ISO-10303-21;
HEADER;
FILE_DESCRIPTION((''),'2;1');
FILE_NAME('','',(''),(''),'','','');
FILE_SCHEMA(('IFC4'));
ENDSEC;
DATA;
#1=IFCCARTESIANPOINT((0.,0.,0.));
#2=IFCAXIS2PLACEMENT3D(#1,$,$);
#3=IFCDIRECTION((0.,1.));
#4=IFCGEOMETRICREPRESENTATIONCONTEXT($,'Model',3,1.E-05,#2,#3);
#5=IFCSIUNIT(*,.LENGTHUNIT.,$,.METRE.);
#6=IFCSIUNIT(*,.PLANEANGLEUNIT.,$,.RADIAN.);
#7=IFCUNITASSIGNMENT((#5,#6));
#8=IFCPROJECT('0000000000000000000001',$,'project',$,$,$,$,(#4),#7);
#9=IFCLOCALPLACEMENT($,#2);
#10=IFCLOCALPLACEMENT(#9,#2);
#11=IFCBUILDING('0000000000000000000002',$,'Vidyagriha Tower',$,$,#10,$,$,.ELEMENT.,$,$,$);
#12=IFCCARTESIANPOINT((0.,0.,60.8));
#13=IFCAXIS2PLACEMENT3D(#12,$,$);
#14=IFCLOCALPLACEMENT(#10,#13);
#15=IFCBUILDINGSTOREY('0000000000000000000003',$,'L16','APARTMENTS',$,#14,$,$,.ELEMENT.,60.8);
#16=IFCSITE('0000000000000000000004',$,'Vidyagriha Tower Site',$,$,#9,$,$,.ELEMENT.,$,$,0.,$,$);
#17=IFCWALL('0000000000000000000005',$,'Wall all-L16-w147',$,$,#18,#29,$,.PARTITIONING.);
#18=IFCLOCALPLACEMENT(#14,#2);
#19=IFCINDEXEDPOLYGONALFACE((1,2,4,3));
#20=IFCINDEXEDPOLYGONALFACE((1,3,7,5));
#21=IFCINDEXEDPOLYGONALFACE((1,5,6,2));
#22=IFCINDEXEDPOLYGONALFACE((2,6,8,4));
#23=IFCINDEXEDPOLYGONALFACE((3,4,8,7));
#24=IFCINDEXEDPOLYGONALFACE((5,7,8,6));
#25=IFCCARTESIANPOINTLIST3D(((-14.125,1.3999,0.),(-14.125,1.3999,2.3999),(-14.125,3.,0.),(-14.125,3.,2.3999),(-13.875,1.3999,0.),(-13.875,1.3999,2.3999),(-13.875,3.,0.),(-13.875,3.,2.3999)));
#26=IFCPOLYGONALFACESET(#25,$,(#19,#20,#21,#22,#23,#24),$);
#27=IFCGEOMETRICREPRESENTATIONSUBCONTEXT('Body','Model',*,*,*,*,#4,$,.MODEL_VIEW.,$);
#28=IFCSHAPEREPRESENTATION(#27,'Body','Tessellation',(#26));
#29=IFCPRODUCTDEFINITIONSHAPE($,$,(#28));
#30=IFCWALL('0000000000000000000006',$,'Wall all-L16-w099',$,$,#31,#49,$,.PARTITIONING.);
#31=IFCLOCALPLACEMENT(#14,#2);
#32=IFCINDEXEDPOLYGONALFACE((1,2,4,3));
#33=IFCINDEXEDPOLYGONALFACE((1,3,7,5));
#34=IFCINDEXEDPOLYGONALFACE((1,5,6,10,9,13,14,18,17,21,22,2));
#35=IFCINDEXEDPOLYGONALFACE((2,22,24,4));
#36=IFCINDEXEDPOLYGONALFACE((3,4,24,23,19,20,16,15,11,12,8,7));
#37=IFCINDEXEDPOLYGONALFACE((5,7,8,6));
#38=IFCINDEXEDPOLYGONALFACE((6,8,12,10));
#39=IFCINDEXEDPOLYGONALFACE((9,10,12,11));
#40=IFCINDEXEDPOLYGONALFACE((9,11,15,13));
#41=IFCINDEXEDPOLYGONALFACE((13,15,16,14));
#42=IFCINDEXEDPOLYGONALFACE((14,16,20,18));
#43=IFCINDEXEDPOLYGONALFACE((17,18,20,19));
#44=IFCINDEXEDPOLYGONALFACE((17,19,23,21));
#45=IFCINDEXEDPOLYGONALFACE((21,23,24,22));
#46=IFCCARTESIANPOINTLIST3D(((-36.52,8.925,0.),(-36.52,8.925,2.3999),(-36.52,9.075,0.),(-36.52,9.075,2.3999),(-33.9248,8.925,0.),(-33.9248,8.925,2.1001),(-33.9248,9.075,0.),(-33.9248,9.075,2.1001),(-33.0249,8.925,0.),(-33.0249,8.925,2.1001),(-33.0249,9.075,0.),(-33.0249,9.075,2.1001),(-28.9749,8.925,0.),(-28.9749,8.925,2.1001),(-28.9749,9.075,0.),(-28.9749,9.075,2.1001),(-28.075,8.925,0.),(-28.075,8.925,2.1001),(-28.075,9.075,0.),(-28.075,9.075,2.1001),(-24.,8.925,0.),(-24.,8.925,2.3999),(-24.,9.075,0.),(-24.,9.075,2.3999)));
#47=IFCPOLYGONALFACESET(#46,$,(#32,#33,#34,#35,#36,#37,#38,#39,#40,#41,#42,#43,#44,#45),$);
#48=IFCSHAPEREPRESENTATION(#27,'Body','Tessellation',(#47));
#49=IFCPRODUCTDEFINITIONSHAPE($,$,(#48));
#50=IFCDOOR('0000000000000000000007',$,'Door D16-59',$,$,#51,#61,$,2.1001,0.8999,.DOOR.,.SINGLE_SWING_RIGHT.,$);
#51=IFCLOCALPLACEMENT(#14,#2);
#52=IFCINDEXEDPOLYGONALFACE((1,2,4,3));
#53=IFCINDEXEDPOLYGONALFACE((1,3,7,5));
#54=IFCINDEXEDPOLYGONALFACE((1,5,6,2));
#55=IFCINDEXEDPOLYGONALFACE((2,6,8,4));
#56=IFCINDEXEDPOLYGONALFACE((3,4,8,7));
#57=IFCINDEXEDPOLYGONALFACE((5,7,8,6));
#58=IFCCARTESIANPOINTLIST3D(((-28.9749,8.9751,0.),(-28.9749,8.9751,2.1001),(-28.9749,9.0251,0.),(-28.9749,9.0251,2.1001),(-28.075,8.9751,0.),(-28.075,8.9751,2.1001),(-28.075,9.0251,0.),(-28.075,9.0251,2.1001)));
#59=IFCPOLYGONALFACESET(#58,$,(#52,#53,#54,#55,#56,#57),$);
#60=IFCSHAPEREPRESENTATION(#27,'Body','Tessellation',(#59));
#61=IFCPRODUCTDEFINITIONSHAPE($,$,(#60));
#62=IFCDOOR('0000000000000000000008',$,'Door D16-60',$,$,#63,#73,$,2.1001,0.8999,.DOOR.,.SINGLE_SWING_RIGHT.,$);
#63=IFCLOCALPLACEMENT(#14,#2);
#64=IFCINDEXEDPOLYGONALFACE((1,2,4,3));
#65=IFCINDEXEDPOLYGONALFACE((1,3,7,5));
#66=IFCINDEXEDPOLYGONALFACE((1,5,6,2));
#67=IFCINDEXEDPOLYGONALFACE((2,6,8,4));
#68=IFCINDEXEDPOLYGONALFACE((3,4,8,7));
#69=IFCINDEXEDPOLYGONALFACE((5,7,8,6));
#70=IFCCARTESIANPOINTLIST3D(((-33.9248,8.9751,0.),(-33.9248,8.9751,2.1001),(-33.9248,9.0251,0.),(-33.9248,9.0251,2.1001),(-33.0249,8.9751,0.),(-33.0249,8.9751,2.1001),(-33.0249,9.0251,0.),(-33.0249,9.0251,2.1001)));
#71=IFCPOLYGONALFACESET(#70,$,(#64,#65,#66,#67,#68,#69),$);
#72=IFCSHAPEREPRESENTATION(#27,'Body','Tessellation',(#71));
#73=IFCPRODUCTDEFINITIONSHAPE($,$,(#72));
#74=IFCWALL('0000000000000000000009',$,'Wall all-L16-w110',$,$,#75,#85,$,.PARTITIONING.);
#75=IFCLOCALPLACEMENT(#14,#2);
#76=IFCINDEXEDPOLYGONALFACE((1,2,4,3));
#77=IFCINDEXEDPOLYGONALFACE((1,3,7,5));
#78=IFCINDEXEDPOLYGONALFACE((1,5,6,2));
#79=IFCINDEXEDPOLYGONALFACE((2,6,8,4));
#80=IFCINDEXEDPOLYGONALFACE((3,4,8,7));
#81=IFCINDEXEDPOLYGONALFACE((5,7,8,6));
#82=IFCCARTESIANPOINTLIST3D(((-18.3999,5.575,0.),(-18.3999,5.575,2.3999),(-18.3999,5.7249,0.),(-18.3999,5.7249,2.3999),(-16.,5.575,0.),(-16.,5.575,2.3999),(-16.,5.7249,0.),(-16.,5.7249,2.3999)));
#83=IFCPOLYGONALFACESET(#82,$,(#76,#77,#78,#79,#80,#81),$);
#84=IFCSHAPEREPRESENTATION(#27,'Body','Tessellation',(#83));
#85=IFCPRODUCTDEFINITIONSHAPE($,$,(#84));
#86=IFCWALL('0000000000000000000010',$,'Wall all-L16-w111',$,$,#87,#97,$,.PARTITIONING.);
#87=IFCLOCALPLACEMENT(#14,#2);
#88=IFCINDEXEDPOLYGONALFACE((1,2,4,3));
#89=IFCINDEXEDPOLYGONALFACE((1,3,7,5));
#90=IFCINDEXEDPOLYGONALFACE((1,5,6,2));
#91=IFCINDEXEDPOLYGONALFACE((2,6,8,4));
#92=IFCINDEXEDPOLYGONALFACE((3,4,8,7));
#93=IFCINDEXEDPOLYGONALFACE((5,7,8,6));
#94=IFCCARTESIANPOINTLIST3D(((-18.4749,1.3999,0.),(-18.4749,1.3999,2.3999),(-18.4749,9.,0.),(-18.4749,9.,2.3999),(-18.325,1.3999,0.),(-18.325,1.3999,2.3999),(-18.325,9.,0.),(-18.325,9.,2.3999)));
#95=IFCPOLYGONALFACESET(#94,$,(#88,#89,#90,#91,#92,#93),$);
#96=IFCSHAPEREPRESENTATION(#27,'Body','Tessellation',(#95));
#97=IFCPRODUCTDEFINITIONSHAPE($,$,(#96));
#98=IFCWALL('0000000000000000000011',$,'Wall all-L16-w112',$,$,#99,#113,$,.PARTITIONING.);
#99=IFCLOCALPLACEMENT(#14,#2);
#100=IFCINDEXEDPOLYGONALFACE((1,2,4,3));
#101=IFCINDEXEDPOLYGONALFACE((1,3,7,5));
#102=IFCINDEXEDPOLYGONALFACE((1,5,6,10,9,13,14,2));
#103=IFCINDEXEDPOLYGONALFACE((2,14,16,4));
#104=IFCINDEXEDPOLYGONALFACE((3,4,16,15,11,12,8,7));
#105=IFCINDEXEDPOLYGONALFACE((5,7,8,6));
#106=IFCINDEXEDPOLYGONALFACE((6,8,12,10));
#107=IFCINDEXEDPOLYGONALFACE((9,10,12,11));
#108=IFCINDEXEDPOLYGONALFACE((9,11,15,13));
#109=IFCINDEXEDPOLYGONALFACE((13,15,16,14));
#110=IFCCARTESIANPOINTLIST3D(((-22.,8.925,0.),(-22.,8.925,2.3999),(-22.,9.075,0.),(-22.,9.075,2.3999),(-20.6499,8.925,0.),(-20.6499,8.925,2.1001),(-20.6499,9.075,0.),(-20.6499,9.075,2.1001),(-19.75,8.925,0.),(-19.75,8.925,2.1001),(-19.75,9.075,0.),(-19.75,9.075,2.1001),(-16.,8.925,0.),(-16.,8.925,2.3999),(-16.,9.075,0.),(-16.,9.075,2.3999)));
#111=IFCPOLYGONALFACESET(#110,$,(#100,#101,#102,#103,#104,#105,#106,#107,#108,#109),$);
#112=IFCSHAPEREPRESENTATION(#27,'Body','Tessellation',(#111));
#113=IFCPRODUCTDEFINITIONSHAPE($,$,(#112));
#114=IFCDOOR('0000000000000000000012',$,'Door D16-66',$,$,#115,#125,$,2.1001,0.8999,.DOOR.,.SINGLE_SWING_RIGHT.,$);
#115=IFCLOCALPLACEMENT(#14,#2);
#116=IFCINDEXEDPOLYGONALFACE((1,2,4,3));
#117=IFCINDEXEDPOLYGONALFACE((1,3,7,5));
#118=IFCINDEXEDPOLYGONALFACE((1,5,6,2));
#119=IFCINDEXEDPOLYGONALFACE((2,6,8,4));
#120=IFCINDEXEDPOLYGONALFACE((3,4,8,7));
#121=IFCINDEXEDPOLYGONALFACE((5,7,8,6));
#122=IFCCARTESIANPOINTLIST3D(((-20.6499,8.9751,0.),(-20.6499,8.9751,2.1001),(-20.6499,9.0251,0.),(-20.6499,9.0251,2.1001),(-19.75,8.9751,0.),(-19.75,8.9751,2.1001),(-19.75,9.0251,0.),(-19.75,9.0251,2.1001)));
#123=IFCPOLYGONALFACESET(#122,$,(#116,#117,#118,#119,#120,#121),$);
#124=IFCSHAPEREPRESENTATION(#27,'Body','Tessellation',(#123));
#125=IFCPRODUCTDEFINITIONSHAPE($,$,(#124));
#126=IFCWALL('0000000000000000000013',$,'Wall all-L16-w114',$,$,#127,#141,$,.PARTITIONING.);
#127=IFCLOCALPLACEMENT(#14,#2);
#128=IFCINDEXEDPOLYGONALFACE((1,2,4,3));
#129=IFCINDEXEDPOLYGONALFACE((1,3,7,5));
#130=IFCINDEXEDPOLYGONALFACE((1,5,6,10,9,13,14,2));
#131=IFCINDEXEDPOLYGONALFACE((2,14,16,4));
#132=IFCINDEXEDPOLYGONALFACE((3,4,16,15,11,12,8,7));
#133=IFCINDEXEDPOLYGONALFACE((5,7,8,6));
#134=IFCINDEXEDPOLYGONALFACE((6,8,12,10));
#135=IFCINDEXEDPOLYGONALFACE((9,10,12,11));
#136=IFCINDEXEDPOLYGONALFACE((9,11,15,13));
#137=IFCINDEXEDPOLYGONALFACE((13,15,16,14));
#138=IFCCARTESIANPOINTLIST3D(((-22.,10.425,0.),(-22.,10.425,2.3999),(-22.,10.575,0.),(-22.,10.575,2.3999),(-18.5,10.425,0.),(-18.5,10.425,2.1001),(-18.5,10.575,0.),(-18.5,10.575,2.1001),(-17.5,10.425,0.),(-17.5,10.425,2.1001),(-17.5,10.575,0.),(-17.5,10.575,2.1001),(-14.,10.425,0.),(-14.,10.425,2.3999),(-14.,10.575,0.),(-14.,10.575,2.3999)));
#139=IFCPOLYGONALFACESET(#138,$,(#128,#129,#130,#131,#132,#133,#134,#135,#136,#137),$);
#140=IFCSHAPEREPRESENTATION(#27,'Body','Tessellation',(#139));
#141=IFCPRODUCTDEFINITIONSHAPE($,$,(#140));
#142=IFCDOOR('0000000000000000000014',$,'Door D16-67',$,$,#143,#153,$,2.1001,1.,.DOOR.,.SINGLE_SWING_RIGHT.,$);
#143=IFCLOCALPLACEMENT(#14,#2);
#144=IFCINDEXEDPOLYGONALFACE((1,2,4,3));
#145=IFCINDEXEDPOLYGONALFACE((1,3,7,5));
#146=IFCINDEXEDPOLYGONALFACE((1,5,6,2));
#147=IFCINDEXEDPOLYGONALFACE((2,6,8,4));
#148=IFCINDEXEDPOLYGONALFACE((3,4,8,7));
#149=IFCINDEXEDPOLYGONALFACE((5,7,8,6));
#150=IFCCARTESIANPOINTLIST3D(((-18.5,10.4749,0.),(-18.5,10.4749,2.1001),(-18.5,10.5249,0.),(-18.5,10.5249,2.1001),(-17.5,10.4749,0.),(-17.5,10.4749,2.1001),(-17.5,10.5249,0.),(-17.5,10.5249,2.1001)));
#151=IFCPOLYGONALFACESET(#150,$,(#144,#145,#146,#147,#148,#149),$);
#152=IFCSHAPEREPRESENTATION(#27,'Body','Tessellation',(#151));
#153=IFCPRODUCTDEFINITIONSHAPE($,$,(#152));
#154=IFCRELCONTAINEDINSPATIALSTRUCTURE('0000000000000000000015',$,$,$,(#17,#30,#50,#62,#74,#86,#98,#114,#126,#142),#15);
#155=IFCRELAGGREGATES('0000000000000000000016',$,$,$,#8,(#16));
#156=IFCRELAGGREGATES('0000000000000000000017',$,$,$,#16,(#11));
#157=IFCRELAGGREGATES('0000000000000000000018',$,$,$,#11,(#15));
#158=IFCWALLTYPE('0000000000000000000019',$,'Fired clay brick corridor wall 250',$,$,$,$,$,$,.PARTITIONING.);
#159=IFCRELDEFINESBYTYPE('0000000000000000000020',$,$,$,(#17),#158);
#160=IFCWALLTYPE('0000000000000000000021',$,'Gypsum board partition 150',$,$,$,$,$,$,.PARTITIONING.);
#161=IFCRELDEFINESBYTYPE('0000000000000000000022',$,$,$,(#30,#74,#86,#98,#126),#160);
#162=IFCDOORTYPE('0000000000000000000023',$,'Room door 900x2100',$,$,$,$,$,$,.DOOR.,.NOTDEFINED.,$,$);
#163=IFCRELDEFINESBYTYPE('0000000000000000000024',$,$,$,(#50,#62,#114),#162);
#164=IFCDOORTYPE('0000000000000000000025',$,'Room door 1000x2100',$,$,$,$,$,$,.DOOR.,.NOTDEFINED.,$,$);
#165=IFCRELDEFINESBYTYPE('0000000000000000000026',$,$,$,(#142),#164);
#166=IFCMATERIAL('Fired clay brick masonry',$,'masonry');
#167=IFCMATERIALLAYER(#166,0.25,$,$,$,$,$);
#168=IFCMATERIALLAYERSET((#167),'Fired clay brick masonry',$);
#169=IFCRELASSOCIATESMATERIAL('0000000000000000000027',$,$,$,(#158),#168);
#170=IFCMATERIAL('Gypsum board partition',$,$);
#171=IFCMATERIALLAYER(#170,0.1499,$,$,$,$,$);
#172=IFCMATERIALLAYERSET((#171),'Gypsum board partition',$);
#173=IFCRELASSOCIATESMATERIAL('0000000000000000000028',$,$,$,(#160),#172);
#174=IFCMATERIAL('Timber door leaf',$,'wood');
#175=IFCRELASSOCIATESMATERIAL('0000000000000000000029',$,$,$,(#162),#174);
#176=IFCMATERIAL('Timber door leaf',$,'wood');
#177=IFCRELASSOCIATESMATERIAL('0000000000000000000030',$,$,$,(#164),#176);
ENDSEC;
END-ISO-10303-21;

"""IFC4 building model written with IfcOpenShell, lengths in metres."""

from ifc_helpers import new_model, si_unit, direction, frame, frame_2d, origin, place, context, subcontext, project, spatial, rectangle, extrude, material, layer, layer_set, type_object, element, fill, save


model = new_model("IFC4")

# Units and contexts
model_context = context("Model", 3, precision=1e-05, world=origin(), true_north=direction((0.0, 1.0)))
body_context = subcontext(model_context, "Body", "Model", "MODEL_VIEW")
ifc_project = project(units=[si_unit("LENGTHUNIT", "METRE"), si_unit("PLANEANGLEUNIT", "RADIAN")], contexts=[model_context])

# Site, building, storey
site_placement = place(None, origin())
site = spatial("IfcSite", under=ifc_project, at=site_placement, Name="Vidyagriha Tower Site", CompositionType="ELEMENT", RefElevation=0.0)
building_placement = place(site_placement, origin())
building = spatial("IfcBuilding", under=site, at=building_placement, Name="Vidyagriha Tower", CompositionType="ELEMENT")
storey_placement = place(building_placement, frame((0.0, 0.0, 60.8)))
storey = spatial("IfcBuildingStorey", under=building, at=storey_placement, Name="L16", Description="APARTMENTS", CompositionType="ELEMENT", Elevation=60.8)

# Wall
ifc_material_1 = material(Name="Fired clay brick masonry", Category="masonry")
ifc_layer_1 = layer(ifc_material_1, 0.25)
ifc_layer_set_1 = layer_set([ifc_layer_1], Name="Fired clay brick masonry")
wall_type_1 = type_object("IfcWallType", Name="Fired clay brick corridor wall 250", PredefinedType="PARTITIONING", material=ifc_layer_set_1)
wall_1_placement = place(storey_placement, frame((-14.0, 3.0, 0.0), z_axis=(0.0, 0.0, 1.0), x_axis=(0.0, -1.0, 0.0)))
element("IfcWall", 1, at=wall_1_placement, inside=storey, type_object=wall_type_1, Name="Wall all-L16-w147", PredefinedType="PARTITIONING", context=body_context, shape_type="SweptSolid", body=[
    extrude(rectangle(XDim=1.6001, YDim=0.25, at=frame_2d((0.8, 0.0))), origin(), (0.0, 0.0, 1.0), 2.3999),
])

# Wall, openings, doors
ifc_material_2 = material(Name="Gypsum board partition")
ifc_layer_2 = layer(ifc_material_2, 0.1499)
ifc_layer_set_2 = layer_set([ifc_layer_2], Name="Gypsum board partition")
wall_type_2 = type_object("IfcWallType", Name="Gypsum board partition 150", PredefinedType="PARTITIONING", material=ifc_layer_set_2)
wall_2_placement = place(storey_placement, frame((-24.0, 9.0, 0.0), z_axis=(0.0, 0.0, 1.0), x_axis=(-1.0, 0.0, 0.0)))
wall_2 = element("IfcWall", 2, at=wall_2_placement, inside=storey, type_object=wall_type_2, Name="Wall all-L16-w099", PredefinedType="PARTITIONING", context=body_context, shape_type="SweptSolid", body=[
    extrude(rectangle(XDim=12.52, YDim=0.1499, at=frame_2d((6.26, 0.0))), origin(), (0.0, 0.0, 1.0), 2.3999),
])
opening_1_placement = place(wall_2_placement, frame((4.075, 0.0, 0.0)))
opening_1 = element("IfcOpeningElement", 3, at=opening_1_placement, cuts=wall_2, PredefinedType="OPENING", context=body_context, shape_type="SweptSolid", body=[
    extrude(rectangle(XDim=0.8999, YDim=2.1001, at=frame_2d((0.45, 1.05))), frame((0.0, 0.085, 0.0), z_axis=(0.0, -1.0, 0.0), x_axis=(1.0, 0.0, 0.0)), (0.0, 0.0, 1.0), 0.1699),
])
opening_2_placement = place(wall_2_placement, frame((9.0249, 0.0, 0.0)))
opening_2 = element("IfcOpeningElement", 4, at=opening_2_placement, cuts=wall_2, PredefinedType="OPENING", context=body_context, shape_type="SweptSolid", body=[
    extrude(rectangle(XDim=0.8999, YDim=2.1001, at=frame_2d((0.45, 1.05))), frame((0.0, 0.085, 0.0), z_axis=(0.0, -1.0, 0.0), x_axis=(1.0, 0.0, 0.0)), (0.0, 0.0, 1.0), 0.1699),
])
ifc_material_3 = material(Name="Timber door leaf", Category="wood")
door_type_1 = type_object("IfcDoorType", Name="Room door 900x2100", OperationType="NOTDEFINED", PredefinedType="DOOR", material=ifc_material_3)
door_1_placement = place(opening_1_placement, origin())
door_1 = element("IfcDoor", 5, at=door_1_placement, inside=storey, type_object=door_type_1, Name="Door D16-59", OperationType="SINGLE_SWING_RIGHT", OverallHeight=2.1001, OverallWidth=0.8999, PredefinedType="DOOR", context=body_context, shape_type="SweptSolid", body=[
    extrude(rectangle(XDim=0.8999, YDim=2.1001, at=frame_2d((0.45, 1.05))), frame((0.0, 0.0249, 0.0), z_axis=(0.0, -1.0, 0.0), x_axis=(1.0, 0.0, 0.0)), (0.0, 0.0, 1.0), 0.05),
])
fill(opening_1, door_1)
door_2_placement = place(opening_2_placement, origin())
door_2 = element("IfcDoor", 6, at=door_2_placement, inside=storey, type_object=door_type_1, Name="Door D16-60", OperationType="SINGLE_SWING_RIGHT", OverallHeight=2.1001, OverallWidth=0.8999, PredefinedType="DOOR", context=body_context, shape_type="SweptSolid", body=[
    extrude(rectangle(XDim=0.8999, YDim=2.1001, at=frame_2d((0.45, 1.05))), frame((0.0, 0.0249, 0.0), z_axis=(0.0, -1.0, 0.0), x_axis=(1.0, 0.0, 0.0)), (0.0, 0.0, 1.0), 0.05),
])
fill(opening_2, door_2)

# Walls
wall_3_placement = place(storey_placement, frame((-18.3999, 5.6499, 0.0)))
element("IfcWall", 7, at=wall_3_placement, inside=storey, type_object=wall_type_2, Name="Wall all-L16-w110", PredefinedType="PARTITIONING", context=body_context, shape_type="SweptSolid", body=[
    extrude(rectangle(XDim=2.3999, YDim=0.1499, at=frame_2d((1.2, 0.0))), origin(), (0.0, 0.0, 1.0), 2.3999),
])
wall_4_placement = place(storey_placement, frame((-18.3999, 1.3999, 0.0), z_axis=(0.0, 0.0, 1.0), x_axis=(0.0, 1.0, 0.0)))
element("IfcWall", 8, at=wall_4_placement, inside=storey, type_object=wall_type_2, Name="Wall all-L16-w111", PredefinedType="PARTITIONING", context=body_context, shape_type="SweptSolid", body=[
    extrude(rectangle(XDim=7.6001, YDim=0.1499, at=frame_2d((3.8, 0.0))), origin(), (0.0, 0.0, 1.0), 2.3999),
])

# Walls, openings, doors
wall_5_placement = place(storey_placement, frame((-16.0, 9.0, 0.0), z_axis=(0.0, 0.0, 1.0), x_axis=(-1.0, 0.0, 0.0)))
wall_5 = element("IfcWall", 9, at=wall_5_placement, inside=storey, type_object=wall_type_2, Name="Wall all-L16-w112", PredefinedType="PARTITIONING", context=body_context, shape_type="SweptSolid", body=[
    extrude(rectangle(XDim=6.0, YDim=0.1499, at=frame_2d((3.0, 0.0))), origin(), (0.0, 0.0, 1.0), 2.3999),
])
opening_3_placement = place(wall_5_placement, frame((3.75, 0.0, 0.0)))
opening_3 = element("IfcOpeningElement", 10, at=opening_3_placement, cuts=wall_5, PredefinedType="OPENING", context=body_context, shape_type="SweptSolid", body=[
    extrude(rectangle(XDim=0.8999, YDim=2.1001, at=frame_2d((0.45, 1.05))), frame((0.0, 0.085, 0.0), z_axis=(0.0, -1.0, 0.0), x_axis=(1.0, 0.0, 0.0)), (0.0, 0.0, 1.0), 0.1699),
])
door_3_placement = place(opening_3_placement, origin())
door_3 = element("IfcDoor", 11, at=door_3_placement, inside=storey, type_object=door_type_1, Name="Door D16-66", OperationType="SINGLE_SWING_RIGHT", OverallHeight=2.1001, OverallWidth=0.8999, PredefinedType="DOOR", context=body_context, shape_type="SweptSolid", body=[
    extrude(rectangle(XDim=0.8999, YDim=2.1001, at=frame_2d((0.45, 1.05))), frame((0.0, 0.0249, 0.0), z_axis=(0.0, -1.0, 0.0), x_axis=(1.0, 0.0, 0.0)), (0.0, 0.0, 1.0), 0.05),
])
fill(opening_3, door_3)
wall_6_placement = place(storey_placement, frame((-22.0, 10.5, 0.0)))
wall_6 = element("IfcWall", 12, at=wall_6_placement, inside=storey, type_object=wall_type_2, Name="Wall all-L16-w114", PredefinedType="PARTITIONING", context=body_context, shape_type="SweptSolid", body=[
    extrude(rectangle(XDim=8.0, YDim=0.1499, at=frame_2d((4.0, 0.0))), origin(), (0.0, 0.0, 1.0), 2.3999),
])
opening_4_placement = place(wall_6_placement, frame((3.5, 0.0, 0.0)))
opening_4 = element("IfcOpeningElement", 13, at=opening_4_placement, cuts=wall_6, PredefinedType="OPENING", context=body_context, shape_type="SweptSolid", body=[
    extrude(rectangle(XDim=1.0, YDim=2.1001, at=frame_2d((0.5, 1.05))), frame((0.0, 0.085, 0.0), z_axis=(0.0, -1.0, 0.0), x_axis=(1.0, 0.0, 0.0)), (0.0, 0.0, 1.0), 0.1699),
])
ifc_material_4 = material(Name="Timber door leaf", Category="wood")
door_type_2 = type_object("IfcDoorType", Name="Room door 1000x2100", OperationType="NOTDEFINED", PredefinedType="DOOR", material=ifc_material_4)
door_4_placement = place(opening_4_placement, origin())
door_4 = element("IfcDoor", 14, at=door_4_placement, inside=storey, type_object=door_type_2, Name="Door D16-67", OperationType="SINGLE_SWING_RIGHT", OverallHeight=2.1001, OverallWidth=1.0, PredefinedType="DOOR", context=body_context, shape_type="SweptSolid", body=[
    extrude(rectangle(XDim=1.0, YDim=2.1001, at=frame_2d((0.5, 1.05))), frame((0.0, 0.0249, 0.0), z_axis=(0.0, -1.0, 0.0), x_axis=(1.0, 0.0, 0.0)), (0.0, 0.0, 1.0), 0.05),
])
fill(opening_4, door_4)

save(model, "model.ifc")
